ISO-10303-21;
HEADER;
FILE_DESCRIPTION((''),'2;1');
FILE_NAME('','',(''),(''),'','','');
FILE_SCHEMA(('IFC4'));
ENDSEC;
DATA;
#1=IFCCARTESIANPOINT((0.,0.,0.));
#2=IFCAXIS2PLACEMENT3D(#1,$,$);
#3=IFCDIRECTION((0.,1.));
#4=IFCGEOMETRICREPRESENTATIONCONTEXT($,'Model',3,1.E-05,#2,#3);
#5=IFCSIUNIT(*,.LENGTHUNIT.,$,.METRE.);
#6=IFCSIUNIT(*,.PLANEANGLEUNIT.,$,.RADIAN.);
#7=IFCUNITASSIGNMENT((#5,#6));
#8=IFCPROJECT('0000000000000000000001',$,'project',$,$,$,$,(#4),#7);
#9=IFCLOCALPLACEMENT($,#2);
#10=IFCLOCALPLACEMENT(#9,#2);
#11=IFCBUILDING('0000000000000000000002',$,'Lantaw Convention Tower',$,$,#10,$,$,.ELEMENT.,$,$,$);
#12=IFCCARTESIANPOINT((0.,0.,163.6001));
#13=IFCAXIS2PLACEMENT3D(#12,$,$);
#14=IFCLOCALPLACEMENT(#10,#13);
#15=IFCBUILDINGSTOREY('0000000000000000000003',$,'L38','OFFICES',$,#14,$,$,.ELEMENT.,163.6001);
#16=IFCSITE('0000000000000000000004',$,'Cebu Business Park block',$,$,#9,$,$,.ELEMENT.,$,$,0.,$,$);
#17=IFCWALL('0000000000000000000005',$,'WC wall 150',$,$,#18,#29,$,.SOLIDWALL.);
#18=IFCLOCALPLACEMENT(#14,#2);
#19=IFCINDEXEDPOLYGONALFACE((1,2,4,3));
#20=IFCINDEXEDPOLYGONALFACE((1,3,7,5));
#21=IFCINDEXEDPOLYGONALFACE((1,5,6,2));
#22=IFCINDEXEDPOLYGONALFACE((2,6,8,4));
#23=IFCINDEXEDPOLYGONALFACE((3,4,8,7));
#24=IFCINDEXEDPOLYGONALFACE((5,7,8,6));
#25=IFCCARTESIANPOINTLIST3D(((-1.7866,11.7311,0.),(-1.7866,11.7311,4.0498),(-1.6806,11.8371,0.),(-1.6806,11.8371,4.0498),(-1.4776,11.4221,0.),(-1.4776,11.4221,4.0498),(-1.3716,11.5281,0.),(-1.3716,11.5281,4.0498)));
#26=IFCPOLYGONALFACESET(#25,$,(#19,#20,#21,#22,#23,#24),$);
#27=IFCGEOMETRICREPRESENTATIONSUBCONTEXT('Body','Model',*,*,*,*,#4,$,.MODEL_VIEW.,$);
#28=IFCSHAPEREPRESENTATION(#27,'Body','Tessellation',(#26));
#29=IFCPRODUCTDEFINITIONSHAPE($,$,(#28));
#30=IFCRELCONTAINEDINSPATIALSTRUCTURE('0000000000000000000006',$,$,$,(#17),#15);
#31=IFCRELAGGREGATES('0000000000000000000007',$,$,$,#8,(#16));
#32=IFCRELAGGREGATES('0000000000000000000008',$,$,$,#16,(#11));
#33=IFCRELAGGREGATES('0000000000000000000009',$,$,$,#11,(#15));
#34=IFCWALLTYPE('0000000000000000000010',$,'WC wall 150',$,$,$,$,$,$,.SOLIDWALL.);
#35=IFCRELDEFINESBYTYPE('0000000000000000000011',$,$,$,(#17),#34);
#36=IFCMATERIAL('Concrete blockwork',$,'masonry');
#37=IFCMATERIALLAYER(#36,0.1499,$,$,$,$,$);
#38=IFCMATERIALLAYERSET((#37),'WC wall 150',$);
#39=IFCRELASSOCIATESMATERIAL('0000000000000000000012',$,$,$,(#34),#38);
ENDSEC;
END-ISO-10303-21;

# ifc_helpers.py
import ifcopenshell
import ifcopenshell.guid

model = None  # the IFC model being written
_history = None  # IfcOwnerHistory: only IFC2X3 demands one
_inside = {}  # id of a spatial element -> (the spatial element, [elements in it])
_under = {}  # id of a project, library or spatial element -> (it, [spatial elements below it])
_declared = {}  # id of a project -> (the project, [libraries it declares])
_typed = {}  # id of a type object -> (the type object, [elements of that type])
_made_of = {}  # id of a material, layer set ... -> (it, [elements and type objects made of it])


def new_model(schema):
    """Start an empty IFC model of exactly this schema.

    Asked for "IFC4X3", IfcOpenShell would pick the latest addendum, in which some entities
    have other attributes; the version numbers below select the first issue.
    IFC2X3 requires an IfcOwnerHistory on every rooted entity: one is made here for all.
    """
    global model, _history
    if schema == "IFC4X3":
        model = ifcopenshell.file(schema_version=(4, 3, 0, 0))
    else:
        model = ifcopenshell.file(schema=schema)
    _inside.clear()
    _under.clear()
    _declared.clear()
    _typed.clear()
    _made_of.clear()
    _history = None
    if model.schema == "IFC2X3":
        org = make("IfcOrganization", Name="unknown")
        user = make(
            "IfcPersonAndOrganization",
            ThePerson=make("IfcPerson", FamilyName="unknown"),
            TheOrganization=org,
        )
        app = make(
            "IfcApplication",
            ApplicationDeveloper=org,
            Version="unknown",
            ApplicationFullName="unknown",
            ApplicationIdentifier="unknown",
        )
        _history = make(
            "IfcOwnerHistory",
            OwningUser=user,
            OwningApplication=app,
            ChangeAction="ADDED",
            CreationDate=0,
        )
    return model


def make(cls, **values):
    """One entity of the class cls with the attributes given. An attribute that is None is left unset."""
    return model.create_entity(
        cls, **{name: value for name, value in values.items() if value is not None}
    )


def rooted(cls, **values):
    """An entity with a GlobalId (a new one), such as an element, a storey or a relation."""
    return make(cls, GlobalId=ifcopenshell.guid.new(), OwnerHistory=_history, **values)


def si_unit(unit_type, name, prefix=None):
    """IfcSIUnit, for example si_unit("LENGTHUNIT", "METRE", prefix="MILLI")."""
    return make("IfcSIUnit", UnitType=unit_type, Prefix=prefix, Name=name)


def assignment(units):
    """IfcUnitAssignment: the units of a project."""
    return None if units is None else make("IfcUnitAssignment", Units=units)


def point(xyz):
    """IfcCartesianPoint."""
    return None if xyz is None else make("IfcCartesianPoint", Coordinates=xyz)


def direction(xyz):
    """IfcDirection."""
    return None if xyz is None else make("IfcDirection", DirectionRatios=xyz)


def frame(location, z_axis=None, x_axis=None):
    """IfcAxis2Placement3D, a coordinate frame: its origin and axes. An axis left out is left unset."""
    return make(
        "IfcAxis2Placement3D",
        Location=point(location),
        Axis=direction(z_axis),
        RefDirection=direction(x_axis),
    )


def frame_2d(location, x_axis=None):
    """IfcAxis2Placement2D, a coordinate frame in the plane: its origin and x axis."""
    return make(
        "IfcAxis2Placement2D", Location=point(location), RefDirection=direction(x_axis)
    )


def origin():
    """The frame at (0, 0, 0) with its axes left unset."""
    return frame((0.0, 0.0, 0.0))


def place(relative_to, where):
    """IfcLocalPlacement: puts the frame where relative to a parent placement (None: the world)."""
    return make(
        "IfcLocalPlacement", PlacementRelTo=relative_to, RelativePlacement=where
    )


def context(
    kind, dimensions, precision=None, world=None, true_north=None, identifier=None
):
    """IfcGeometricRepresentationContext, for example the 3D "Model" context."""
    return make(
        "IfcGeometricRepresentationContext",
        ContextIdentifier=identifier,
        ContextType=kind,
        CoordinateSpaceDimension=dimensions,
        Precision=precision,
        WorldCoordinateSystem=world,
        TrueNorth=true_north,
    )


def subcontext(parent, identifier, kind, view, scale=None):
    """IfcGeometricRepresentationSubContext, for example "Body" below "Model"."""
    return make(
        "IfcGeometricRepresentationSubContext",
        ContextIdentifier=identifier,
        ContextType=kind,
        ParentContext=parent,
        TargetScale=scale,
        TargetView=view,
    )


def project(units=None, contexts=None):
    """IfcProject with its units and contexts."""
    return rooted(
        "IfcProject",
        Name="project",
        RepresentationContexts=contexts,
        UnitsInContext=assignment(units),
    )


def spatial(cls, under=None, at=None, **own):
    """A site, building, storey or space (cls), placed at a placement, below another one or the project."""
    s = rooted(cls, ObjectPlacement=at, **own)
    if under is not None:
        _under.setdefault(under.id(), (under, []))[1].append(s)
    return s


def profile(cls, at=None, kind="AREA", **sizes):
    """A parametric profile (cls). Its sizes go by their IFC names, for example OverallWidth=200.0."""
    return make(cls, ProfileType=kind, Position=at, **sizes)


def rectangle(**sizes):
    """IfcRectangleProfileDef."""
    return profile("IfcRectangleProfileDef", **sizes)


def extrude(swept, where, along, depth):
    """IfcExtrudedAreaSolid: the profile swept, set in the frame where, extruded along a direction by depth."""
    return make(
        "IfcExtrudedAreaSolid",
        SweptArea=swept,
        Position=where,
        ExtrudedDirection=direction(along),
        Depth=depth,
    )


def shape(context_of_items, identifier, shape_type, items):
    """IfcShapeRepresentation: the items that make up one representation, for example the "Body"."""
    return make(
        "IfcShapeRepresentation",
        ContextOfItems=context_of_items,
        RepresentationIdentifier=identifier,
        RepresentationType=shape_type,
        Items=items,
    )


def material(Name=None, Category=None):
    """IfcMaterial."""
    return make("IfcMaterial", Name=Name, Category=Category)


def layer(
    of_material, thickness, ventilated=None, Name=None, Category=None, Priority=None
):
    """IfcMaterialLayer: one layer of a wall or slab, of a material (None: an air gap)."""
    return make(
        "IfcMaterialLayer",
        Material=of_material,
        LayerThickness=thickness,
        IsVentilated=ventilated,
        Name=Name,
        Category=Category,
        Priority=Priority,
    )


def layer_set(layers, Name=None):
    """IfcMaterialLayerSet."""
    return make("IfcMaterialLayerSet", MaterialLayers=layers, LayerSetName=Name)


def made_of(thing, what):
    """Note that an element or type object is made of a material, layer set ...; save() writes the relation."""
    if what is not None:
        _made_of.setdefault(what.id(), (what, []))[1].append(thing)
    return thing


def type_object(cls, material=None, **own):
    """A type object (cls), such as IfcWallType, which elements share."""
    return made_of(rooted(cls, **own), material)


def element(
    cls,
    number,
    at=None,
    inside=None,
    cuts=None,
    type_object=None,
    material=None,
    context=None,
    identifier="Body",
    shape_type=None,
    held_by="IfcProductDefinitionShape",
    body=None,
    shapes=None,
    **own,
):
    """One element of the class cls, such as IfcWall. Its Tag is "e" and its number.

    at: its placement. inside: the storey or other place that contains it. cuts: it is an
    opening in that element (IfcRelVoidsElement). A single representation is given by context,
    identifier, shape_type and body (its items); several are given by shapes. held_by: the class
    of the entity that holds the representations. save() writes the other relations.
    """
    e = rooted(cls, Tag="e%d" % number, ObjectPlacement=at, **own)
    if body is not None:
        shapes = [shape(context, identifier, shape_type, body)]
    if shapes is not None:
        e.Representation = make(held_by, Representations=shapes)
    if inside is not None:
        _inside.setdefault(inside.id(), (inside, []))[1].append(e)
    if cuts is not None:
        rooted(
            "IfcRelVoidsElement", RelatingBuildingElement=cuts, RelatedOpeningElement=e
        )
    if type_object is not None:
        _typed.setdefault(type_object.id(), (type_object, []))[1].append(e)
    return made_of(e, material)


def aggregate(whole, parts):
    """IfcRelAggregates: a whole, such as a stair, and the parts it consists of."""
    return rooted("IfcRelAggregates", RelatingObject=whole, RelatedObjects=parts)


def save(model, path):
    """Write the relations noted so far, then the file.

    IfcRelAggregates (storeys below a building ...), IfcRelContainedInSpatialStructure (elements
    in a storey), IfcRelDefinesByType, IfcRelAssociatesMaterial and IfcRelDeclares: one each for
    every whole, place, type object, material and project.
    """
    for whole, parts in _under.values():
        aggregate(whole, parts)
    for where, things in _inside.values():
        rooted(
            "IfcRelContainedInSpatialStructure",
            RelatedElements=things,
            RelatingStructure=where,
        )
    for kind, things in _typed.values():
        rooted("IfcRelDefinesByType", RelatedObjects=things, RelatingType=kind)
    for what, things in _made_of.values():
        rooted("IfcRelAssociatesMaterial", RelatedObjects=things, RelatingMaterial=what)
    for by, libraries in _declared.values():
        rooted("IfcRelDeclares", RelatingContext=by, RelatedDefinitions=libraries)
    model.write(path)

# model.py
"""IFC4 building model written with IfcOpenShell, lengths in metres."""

from ifc_helpers import new_model, si_unit, direction, frame, frame_2d, origin, place, context, subcontext, project, spatial, rectangle, extrude, material, layer, layer_set, type_object, element, save


model = new_model("IFC4")

# Units and contexts
model_context = context("Model", 3, precision=1e-05, world=origin(), true_north=direction((0.0, 1.0)))
body_context = subcontext(model_context, "Body", "Model", "MODEL_VIEW")
ifc_project = project(units=[si_unit("LENGTHUNIT", "METRE"), si_unit("PLANEANGLEUNIT", "RADIAN")], contexts=[model_context])

# Site, building, storey
site_placement = place(None, origin())
site = spatial("IfcSite", under=ifc_project, at=site_placement, Name="Cebu Business Park block", CompositionType="ELEMENT", RefElevation=0.0)
building_placement = place(site_placement, origin())
building = spatial("IfcBuilding", under=site, at=building_placement, Name="Lantaw Convention Tower", CompositionType="ELEMENT")
storey_placement = place(building_placement, frame((0.0, 0.0, 163.6001)))
storey = spatial("IfcBuildingStorey", under=building, at=storey_placement, Name="L38", Description="OFFICES", CompositionType="ELEMENT", Elevation=163.6001)

# Shared definitions
ifc_material_1 = material(Name="Concrete blockwork", Category="masonry")
ifc_layer_1 = layer(ifc_material_1, 0.1499)
ifc_layer_set_1 = layer_set([ifc_layer_1], Name="WC wall 150")
wall_type_1 = type_object("IfcWallType", Name="WC wall 150", PredefinedType="SOLIDWALL", material=ifc_layer_set_1)

# Wall
wall_1_placement = place(storey_placement, frame((-1.4246, 11.4751, 0.0), z_axis=(0.0, 0.0, 1.0), x_axis=(-0.707107, 0.707107, 0.0)))
element("IfcWall", 1, at=wall_1_placement, inside=storey, type_object=wall_type_1, Name="WC wall 150", PredefinedType="SOLIDWALL", context=body_context, shape_type="SweptSolid", body=[
    extrude(rectangle(XDim=0.437, YDim=0.1499, at=frame_2d((0.2185, 0.0))), origin(), (0.0, 0.0, 1.0), 4.0498),
])

save(model, "model.ifc")
